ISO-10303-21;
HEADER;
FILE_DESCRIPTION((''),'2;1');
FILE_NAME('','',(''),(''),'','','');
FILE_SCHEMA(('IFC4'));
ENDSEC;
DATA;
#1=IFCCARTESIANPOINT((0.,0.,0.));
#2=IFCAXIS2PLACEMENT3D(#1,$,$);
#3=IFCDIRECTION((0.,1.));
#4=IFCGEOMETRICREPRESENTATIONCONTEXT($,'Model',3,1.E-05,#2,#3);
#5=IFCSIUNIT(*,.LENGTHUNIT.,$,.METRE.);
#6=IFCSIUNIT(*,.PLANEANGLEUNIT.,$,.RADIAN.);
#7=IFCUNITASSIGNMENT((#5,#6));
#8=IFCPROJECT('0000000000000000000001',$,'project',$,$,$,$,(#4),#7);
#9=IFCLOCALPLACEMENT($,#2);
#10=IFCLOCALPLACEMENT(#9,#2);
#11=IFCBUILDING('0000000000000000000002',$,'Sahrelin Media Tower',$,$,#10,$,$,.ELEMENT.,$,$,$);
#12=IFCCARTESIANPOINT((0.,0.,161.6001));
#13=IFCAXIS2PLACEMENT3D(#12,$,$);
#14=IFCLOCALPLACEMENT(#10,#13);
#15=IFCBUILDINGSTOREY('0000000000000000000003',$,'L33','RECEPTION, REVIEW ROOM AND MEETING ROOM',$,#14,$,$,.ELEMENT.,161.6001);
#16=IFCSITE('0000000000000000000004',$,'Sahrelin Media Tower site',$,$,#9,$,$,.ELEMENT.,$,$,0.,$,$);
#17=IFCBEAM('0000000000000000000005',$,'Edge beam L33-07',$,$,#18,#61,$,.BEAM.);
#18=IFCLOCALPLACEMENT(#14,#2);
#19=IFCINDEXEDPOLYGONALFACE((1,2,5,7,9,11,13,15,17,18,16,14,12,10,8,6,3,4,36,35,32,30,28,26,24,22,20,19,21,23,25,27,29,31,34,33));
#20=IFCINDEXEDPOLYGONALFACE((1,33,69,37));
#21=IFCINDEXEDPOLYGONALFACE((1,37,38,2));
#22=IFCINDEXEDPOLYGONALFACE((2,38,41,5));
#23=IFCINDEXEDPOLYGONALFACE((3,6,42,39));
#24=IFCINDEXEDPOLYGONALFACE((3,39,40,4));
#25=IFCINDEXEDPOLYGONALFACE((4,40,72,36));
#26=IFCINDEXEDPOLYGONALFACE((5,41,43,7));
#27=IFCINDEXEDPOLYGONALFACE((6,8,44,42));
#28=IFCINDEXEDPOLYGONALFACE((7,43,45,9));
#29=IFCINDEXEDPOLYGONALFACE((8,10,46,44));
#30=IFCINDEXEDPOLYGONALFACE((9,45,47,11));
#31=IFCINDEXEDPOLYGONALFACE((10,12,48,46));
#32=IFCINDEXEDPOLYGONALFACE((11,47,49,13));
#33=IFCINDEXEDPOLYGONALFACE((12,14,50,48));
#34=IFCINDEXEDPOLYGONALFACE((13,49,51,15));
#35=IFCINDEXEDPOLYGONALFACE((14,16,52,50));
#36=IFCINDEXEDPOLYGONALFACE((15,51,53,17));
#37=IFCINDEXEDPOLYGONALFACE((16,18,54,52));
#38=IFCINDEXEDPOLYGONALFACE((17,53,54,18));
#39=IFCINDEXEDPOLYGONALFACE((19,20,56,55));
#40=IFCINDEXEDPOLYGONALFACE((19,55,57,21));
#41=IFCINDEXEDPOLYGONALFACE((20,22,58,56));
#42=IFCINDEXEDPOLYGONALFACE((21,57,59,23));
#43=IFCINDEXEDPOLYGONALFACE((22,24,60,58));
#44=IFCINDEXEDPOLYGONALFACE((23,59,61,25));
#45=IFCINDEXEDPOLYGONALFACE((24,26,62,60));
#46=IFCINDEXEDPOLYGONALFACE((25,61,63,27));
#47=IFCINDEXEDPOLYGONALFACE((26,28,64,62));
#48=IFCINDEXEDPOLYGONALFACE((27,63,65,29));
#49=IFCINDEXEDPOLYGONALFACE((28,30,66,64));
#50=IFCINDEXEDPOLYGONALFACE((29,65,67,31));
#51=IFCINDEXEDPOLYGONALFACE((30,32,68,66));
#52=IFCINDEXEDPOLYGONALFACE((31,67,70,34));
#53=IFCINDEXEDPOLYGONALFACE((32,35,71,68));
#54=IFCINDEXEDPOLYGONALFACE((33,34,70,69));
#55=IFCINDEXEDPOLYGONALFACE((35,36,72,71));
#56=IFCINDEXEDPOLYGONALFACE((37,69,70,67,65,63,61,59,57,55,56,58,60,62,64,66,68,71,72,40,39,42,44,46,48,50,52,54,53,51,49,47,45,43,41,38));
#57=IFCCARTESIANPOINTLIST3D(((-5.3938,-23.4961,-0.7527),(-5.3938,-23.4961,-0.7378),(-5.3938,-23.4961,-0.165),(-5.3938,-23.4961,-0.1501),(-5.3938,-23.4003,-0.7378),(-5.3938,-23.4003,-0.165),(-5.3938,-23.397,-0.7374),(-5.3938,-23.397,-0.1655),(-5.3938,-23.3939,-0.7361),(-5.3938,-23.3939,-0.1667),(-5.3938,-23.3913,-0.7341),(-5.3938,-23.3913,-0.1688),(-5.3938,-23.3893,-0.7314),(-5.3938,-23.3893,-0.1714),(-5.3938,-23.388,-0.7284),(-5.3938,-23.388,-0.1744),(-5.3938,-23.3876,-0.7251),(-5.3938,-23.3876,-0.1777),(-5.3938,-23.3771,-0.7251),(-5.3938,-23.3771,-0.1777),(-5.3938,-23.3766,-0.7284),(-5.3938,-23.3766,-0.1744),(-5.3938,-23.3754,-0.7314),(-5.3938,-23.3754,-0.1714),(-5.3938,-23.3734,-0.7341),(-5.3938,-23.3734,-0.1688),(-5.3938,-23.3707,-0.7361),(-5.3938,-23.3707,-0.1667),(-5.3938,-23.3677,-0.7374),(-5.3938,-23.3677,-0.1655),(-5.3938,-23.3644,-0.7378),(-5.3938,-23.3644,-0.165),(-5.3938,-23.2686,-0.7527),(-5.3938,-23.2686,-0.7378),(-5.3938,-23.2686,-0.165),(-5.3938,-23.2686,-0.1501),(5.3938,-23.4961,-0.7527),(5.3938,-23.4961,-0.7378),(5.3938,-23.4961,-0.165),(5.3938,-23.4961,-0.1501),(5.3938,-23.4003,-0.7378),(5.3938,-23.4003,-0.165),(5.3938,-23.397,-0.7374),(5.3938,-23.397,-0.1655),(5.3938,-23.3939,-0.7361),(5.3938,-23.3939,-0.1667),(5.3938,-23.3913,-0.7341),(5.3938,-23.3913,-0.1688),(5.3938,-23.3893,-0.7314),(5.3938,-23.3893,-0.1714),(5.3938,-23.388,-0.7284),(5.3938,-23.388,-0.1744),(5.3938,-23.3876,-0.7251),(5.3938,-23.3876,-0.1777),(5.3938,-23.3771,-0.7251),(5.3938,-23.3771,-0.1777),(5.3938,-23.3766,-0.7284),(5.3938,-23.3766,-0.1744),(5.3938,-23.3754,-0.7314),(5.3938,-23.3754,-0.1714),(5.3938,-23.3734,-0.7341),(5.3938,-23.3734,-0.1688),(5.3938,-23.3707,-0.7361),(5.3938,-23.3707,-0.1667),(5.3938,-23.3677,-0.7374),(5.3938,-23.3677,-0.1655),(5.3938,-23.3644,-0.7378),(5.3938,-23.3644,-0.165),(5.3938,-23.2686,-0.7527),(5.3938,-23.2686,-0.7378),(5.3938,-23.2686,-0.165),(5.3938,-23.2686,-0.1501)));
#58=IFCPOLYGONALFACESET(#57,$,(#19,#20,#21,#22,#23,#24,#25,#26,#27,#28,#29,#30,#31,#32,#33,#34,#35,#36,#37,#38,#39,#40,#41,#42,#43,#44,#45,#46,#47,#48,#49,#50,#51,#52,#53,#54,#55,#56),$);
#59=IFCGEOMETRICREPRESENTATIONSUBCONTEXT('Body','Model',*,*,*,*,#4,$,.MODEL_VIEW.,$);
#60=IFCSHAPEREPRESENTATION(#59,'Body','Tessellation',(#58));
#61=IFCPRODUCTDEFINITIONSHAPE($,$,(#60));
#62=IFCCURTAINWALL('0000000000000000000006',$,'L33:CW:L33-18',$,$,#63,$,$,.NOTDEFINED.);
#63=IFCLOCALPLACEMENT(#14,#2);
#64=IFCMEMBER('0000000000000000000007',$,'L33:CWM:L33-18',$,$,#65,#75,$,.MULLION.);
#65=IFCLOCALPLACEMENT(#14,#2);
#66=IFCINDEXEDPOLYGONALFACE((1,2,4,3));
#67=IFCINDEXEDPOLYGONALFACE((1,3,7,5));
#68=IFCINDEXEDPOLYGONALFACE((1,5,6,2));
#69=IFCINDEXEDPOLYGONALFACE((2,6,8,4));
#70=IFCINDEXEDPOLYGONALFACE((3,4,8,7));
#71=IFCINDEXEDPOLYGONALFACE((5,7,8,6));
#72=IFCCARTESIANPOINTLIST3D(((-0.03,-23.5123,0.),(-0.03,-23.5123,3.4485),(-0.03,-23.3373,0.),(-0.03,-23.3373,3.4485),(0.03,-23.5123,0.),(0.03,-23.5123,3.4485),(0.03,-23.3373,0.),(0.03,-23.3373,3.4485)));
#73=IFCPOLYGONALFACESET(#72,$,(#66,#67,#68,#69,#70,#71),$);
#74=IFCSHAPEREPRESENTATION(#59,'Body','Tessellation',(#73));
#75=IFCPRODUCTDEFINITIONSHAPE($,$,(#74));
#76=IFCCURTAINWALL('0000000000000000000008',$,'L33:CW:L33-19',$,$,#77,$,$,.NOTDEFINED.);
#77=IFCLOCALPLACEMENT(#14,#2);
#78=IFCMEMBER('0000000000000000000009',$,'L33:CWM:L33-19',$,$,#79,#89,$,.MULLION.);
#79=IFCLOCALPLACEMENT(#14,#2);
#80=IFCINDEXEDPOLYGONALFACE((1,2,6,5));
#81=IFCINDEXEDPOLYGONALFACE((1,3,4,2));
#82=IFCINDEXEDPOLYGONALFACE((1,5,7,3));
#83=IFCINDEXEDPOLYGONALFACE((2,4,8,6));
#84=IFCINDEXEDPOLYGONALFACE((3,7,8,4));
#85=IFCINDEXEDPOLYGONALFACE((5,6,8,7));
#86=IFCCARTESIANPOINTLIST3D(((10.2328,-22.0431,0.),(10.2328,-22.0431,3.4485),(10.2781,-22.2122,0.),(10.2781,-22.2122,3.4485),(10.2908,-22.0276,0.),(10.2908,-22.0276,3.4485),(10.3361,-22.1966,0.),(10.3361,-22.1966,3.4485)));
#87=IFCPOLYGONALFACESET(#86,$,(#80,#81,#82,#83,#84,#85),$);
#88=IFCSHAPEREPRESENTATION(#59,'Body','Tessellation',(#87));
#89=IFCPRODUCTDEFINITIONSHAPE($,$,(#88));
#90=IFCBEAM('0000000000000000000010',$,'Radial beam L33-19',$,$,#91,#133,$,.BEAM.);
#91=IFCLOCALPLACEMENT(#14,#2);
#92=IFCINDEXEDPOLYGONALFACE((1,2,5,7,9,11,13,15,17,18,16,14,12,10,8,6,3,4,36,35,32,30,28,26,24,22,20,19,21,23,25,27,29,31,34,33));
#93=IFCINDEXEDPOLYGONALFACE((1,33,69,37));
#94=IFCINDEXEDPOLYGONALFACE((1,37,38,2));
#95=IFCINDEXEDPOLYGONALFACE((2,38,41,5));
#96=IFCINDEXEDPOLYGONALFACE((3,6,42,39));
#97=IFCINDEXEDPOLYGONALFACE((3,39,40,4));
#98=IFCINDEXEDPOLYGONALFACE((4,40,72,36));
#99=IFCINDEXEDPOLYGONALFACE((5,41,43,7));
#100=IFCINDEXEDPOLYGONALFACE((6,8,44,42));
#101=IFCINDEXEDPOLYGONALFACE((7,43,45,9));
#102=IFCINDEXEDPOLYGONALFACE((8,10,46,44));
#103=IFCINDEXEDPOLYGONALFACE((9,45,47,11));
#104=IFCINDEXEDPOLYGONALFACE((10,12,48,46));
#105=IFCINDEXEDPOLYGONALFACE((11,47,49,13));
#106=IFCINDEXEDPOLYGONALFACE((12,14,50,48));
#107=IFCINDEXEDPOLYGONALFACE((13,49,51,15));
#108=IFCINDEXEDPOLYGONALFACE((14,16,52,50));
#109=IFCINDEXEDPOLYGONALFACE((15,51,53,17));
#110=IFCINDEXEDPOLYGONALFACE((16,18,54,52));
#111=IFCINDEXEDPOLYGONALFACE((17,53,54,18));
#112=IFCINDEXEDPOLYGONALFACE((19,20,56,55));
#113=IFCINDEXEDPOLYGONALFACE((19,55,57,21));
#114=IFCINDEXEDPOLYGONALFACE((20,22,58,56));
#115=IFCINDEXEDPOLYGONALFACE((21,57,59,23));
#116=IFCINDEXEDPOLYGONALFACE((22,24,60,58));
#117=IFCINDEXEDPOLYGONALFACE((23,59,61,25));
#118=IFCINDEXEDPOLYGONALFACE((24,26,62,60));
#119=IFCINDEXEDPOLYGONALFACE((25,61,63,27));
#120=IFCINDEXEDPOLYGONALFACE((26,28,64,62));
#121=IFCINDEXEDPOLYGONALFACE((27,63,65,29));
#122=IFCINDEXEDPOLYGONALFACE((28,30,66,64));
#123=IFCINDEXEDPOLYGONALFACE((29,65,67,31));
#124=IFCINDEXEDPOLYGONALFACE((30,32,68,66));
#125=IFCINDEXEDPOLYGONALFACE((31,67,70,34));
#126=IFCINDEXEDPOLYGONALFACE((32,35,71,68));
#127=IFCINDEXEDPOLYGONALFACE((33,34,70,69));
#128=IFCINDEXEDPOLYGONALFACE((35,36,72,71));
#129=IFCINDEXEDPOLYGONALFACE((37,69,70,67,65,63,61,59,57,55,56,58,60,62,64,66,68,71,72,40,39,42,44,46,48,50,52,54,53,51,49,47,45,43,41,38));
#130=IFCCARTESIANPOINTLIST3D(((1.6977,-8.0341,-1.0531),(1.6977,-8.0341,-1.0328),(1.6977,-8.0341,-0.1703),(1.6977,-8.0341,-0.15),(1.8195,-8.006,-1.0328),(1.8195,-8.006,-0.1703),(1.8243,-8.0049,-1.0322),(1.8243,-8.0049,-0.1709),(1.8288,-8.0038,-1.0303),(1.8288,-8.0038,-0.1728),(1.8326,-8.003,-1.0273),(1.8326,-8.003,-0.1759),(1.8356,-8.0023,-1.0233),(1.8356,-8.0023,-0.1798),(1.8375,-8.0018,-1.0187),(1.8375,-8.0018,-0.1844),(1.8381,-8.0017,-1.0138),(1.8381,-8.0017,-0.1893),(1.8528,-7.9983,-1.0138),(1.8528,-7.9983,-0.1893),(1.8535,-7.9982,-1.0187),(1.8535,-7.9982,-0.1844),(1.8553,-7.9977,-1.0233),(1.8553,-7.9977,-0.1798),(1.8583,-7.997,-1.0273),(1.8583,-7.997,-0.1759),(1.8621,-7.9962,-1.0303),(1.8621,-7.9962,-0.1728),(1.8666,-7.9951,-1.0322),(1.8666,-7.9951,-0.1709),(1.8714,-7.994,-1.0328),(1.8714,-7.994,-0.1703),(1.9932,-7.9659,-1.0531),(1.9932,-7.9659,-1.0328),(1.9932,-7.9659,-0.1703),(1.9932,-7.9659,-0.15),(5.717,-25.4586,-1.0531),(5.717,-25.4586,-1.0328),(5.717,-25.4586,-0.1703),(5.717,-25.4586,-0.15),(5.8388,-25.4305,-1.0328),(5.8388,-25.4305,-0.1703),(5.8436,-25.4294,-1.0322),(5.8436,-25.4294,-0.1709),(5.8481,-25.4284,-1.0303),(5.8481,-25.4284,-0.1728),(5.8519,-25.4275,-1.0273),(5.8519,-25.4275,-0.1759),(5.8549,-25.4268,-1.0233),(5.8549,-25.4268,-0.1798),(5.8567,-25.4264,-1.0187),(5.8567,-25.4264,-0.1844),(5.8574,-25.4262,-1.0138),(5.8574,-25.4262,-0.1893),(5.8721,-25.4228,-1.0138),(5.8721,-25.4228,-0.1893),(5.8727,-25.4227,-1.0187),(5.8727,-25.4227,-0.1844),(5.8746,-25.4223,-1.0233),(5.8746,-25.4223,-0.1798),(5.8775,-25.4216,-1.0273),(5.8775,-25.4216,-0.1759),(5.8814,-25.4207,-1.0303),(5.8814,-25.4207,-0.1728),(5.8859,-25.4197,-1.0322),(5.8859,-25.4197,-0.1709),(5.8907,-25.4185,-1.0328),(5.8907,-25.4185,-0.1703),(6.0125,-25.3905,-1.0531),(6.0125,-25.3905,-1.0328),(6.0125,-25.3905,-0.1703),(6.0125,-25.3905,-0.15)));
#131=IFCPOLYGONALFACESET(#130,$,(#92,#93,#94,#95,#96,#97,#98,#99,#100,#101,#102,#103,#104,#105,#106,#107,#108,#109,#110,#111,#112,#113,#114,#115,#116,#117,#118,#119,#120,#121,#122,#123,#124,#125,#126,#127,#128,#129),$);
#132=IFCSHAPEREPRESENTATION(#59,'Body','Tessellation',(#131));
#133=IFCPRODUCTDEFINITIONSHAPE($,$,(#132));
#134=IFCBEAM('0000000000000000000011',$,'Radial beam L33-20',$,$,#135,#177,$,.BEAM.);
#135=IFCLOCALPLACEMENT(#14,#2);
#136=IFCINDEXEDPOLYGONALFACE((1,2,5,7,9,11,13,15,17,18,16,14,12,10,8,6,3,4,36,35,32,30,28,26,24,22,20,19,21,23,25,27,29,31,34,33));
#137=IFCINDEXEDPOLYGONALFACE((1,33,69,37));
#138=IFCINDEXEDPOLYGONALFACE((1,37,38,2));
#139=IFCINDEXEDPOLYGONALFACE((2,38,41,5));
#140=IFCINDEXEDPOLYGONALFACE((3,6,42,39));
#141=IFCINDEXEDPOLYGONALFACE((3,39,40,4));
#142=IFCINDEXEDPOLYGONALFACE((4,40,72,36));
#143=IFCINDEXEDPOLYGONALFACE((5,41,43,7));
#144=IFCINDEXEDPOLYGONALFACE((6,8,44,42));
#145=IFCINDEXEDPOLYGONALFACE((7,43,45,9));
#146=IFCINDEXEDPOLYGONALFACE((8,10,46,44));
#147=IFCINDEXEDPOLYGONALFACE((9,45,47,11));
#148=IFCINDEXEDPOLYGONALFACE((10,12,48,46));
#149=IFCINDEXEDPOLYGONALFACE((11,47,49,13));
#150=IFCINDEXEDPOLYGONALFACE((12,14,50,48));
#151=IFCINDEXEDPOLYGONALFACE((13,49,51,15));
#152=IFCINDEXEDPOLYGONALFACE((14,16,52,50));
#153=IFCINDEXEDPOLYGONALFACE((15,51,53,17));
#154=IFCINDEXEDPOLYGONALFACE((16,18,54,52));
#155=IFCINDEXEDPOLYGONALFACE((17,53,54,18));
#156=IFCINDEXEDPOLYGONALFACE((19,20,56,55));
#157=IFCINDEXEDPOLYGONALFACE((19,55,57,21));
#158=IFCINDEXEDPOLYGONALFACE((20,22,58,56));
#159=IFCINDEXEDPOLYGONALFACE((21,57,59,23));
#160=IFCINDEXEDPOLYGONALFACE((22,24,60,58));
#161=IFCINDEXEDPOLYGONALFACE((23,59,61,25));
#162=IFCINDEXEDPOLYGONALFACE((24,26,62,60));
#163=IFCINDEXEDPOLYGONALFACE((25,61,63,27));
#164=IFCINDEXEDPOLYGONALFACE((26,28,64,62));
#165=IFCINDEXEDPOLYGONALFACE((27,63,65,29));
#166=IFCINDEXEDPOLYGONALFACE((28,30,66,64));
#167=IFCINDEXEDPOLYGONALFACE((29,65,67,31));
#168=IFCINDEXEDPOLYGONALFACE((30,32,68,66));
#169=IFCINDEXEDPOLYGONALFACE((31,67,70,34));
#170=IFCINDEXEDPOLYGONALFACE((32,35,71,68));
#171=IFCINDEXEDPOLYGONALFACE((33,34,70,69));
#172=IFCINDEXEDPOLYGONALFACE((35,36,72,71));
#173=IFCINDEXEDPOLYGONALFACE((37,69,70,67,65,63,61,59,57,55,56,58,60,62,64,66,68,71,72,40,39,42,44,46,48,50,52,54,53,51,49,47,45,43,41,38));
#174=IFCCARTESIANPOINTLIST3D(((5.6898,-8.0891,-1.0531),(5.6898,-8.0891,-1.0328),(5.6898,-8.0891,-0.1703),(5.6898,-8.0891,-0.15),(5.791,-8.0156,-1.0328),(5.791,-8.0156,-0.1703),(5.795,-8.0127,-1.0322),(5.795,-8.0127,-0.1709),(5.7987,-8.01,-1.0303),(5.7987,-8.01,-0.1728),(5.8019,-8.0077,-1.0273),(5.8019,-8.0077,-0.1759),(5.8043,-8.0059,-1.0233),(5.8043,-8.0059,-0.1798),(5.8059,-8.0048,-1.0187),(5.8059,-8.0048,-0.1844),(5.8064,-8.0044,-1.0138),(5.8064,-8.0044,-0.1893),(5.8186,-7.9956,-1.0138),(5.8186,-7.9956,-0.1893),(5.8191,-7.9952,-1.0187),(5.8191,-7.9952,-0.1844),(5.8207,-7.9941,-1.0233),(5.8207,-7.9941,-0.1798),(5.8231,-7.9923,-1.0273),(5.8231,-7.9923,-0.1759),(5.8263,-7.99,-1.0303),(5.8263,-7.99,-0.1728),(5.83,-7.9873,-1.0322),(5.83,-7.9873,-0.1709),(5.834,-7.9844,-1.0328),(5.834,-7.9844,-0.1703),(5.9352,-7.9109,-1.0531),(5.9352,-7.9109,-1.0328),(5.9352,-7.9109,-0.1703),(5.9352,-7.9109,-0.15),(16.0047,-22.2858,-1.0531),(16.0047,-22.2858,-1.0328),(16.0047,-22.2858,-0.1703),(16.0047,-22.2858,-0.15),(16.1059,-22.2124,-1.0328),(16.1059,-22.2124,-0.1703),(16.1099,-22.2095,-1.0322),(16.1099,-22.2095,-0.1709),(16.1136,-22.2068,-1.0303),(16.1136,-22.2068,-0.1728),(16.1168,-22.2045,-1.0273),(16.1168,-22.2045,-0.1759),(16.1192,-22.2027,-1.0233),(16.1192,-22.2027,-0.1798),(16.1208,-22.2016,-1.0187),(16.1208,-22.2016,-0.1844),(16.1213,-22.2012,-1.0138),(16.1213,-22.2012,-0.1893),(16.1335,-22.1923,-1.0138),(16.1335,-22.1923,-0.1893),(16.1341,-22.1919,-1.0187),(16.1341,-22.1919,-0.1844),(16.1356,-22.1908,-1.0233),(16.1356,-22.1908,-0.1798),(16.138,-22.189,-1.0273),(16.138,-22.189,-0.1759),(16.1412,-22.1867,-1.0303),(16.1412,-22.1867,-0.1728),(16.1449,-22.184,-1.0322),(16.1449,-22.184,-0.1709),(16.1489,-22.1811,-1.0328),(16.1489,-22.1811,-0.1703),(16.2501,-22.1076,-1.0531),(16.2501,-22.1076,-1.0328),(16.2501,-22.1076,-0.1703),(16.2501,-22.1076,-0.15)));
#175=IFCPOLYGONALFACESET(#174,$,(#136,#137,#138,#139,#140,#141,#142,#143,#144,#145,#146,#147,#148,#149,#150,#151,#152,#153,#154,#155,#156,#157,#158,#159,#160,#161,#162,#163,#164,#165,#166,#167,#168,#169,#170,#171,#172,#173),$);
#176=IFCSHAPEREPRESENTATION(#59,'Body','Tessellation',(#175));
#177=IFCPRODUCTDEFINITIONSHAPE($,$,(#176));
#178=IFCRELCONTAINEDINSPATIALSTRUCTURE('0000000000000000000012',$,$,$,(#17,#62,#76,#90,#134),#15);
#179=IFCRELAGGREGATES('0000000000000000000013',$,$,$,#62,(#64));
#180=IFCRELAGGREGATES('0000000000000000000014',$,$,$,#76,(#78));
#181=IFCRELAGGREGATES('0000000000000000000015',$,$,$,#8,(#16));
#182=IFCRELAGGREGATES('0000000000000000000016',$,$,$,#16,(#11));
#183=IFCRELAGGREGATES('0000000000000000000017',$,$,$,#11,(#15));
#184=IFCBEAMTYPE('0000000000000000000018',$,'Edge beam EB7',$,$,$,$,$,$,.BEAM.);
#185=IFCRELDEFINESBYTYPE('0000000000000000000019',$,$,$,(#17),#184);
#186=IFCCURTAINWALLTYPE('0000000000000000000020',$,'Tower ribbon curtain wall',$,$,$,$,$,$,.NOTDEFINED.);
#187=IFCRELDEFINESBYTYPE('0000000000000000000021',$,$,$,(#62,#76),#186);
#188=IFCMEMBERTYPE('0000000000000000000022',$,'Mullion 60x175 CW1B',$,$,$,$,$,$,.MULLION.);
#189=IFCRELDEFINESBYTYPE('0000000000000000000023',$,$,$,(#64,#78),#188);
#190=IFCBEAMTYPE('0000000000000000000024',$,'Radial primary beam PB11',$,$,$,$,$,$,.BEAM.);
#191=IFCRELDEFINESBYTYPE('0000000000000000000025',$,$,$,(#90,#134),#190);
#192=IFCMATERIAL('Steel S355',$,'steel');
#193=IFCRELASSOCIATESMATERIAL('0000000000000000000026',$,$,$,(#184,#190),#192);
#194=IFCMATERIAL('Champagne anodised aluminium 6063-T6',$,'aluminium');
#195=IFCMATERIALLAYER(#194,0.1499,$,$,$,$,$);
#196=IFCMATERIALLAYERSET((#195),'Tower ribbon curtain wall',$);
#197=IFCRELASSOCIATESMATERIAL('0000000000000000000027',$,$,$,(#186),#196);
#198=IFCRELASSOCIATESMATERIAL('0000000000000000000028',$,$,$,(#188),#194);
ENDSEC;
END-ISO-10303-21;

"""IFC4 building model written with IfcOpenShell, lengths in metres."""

from ifc_helpers import new_model, si_unit, direction, frame, origin, origin_2d, place, context, subcontext, project, spatial, rectangle, i_section, extrude, material, layer, layer_set, material_profile, profile_set, type_object, element, aggregate, save


model = new_model("IFC4")

# Units and contexts
model_context = context("Model", 3, precision=1e-05, world=origin(), true_north=direction((0.0, 1.0)))
body_context = subcontext(model_context, "Body", "Model", "MODEL_VIEW")
ifc_project = project(units=[si_unit("LENGTHUNIT", "METRE"), si_unit("PLANEANGLEUNIT", "RADIAN")], contexts=[model_context])

# Site, building, storey
site_placement = place(None, origin())
site = spatial("IfcSite", under=ifc_project, at=site_placement, Name="Sahrelin Media Tower site", CompositionType="ELEMENT", RefElevation=0.0)
building_placement = place(site_placement, origin())
building = spatial("IfcBuilding", under=site, at=building_placement, Name="Sahrelin Media Tower", CompositionType="ELEMENT")
storey_placement = place(building_placement, frame((0.0, 0.0, 161.6001)))
storey = spatial("IfcBuildingStorey", under=building, at=storey_placement, Name="L33", Description="RECEPTION, REVIEW ROOM AND MEETING ROOM", CompositionType="ELEMENT", Elevation=161.6001)

# Beam
ifc_material_1 = material(Name="Steel S355", Category="steel")
ifc_material_profile_1 = material_profile(ifc_material_1, i_section(OverallWidth=0.2275, OverallDepth=0.6025, WebThickness=0.0105, FlangeThickness=0.0149, FilletRadius=0.0127, at=origin_2d()), Name="UB 610x229x101")
ifc_profile_set_1 = profile_set([ifc_material_profile_1], Name="Steel S355")
beam_type_1 = type_object("IfcBeamType", Name="Edge beam EB7", PredefinedType="BEAM", material=ifc_profile_set_1)
beam_1_placement = place(storey_placement, frame((5.3938, -23.3823, -0.4514), z_axis=(-1.0, 0.0, 0.0), x_axis=(0.0, -1.0, 0.0)))
element("IfcBeam", 1, at=beam_1_placement, inside=storey, type_object=beam_type_1, Name="Edge beam L33-07", PredefinedType="BEAM", context=body_context, shape_type="SweptSolid", body=[
    extrude(i_section(OverallWidth=0.2275, OverallDepth=0.6025, WebThickness=0.0105, FlangeThickness=0.0149, FilletRadius=0.0127, at=origin_2d()), origin(), (0.0, 0.0, 1.0), 10.7876),
])

# Curtain walls, members
ifc_material_2 = material(Name="Champagne anodised aluminium 6063-T6", Category="aluminium")
ifc_layer_1 = layer(ifc_material_2, 0.1499)
ifc_layer_set_1 = layer_set([ifc_layer_1], Name="Tower ribbon curtain wall")
curtain_wall_type = type_object("IfcCurtainWallType", Name="Tower ribbon curtain wall", PredefinedType="NOTDEFINED", material=ifc_layer_set_1)
curtain_wall_1_placement = place(storey_placement, frame((0.0, -23.5325, 0.0), z_axis=(0.0, 0.0, 1.0), x_axis=(1.0, 0.0, 0.0)))
curtain_wall_1 = element("IfcCurtainWall", 2, at=curtain_wall_1_placement, inside=storey, type_object=curtain_wall_type, Name="L33:CW:L33-18", PredefinedType="NOTDEFINED")
ifc_material_profile_2 = material_profile(ifc_material_2, rectangle(XDim=0.0601, YDim=0.175, at=origin_2d()), Name="Mullion 60x175")
ifc_profile_set_2 = profile_set([ifc_material_profile_2], Name="Champagne anodised aluminium 6063-T6")
member_type_1 = type_object("IfcMemberType", Name="Mullion 60x175 CW1B", PredefinedType="MULLION", material=ifc_profile_set_2)
member_1_placement = place(storey_placement, frame((0.0, -23.4248, 0.0), z_axis=(0.0, 0.0, 1.0), x_axis=(1.0, 0.0, 0.0)))
member_1 = element("IfcMember", 3, at=member_1_placement, type_object=member_type_1, Name="L33:CWM:L33-18", PredefinedType="MULLION", context=body_context, shape_type="SweptSolid", body=[
    extrude(rectangle(XDim=0.0601, YDim=0.175, at=origin_2d()), origin(), (0.0, 0.0, 1.0), 3.4485),
])
aggregate(curtain_wall_1, [member_1])
curtain_wall_2_placement = place(storey_placement, frame((10.3123, -22.2236, 0.0), z_axis=(0.0, 0.0, 1.0), x_axis=(1.0, 0.0, 0.0)))
curtain_wall_2 = element("IfcCurtainWall", 4, at=curtain_wall_2_placement, inside=storey, type_object=curtain_wall_type, Name="L33:CW:L33-19", PredefinedType="NOTDEFINED")
member_2_placement = place(storey_placement, frame((10.2844, -22.1199, 0.0), z_axis=(0.0, 0.0, 1.0), x_axis=(0.965927, 0.258816, 0.0)))
member_2 = element("IfcMember", 5, at=member_2_placement, type_object=member_type_1, Name="L33:CWM:L33-19", PredefinedType="MULLION", context=body_context, shape_type="SweptSolid", body=[
    extrude(rectangle(XDim=0.0601, YDim=0.175, at=origin_2d()), origin(), (0.0, 0.0, 1.0), 3.4485),
])

# Beams
ifc_material_profile_3 = material_profile(ifc_material_1, i_section(OverallWidth=0.3032, OverallDepth=0.9031, WebThickness=0.0151, FlangeThickness=0.0203, FilletRadius=0.019, at=origin_2d()), Name="UB 914x305x201")
ifc_profile_set_3 = profile_set([ifc_material_profile_3], Name="Steel S355")
beam_type_2 = type_object("IfcBeamType", Name="Radial primary beam PB11", PredefinedType="BEAM", material=ifc_profile_set_3)
beam_2_placement = place(storey_placement, frame((1.8455, -8.0, -0.6016), z_axis=(0.224766, -0.974413, 0.0), x_axis=(0.974413, 0.224766, 0.0)))
element("IfcBeam", 6, at=beam_2_placement, inside=storey, type_object=beam_type_2, Name="Radial beam L33-19", PredefinedType="BEAM", context=body_context, shape_type="SweptSolid", body=[
    extrude(i_section(OverallWidth=0.3032, OverallDepth=0.9031, WebThickness=0.0151, FlangeThickness=0.0203, FilletRadius=0.019, at=origin_2d()), origin(), (0.0, 0.0, 1.0), 17.8821),
])
beam_3_placement = place(storey_placement, frame((5.8125, -8.0, -0.6016), z_axis=(0.587799, -0.809007, 0.0), x_axis=(0.809007, 0.587799, 0.0)))
element("IfcBeam", 7, at=beam_3_placement, inside=storey, type_object=beam_type_2, Name="Radial beam L33-20", PredefinedType="BEAM", context=body_context, shape_type="SweptSolid", body=[
    extrude(i_section(OverallWidth=0.3032, OverallDepth=0.9031, WebThickness=0.0151, FlangeThickness=0.0203, FilletRadius=0.019, at=origin_2d()), origin(), (0.0, 0.0, 1.0), 17.5483),
])

aggregate(curtain_wall_2, [member_2])

save(model, "model.ifc")
